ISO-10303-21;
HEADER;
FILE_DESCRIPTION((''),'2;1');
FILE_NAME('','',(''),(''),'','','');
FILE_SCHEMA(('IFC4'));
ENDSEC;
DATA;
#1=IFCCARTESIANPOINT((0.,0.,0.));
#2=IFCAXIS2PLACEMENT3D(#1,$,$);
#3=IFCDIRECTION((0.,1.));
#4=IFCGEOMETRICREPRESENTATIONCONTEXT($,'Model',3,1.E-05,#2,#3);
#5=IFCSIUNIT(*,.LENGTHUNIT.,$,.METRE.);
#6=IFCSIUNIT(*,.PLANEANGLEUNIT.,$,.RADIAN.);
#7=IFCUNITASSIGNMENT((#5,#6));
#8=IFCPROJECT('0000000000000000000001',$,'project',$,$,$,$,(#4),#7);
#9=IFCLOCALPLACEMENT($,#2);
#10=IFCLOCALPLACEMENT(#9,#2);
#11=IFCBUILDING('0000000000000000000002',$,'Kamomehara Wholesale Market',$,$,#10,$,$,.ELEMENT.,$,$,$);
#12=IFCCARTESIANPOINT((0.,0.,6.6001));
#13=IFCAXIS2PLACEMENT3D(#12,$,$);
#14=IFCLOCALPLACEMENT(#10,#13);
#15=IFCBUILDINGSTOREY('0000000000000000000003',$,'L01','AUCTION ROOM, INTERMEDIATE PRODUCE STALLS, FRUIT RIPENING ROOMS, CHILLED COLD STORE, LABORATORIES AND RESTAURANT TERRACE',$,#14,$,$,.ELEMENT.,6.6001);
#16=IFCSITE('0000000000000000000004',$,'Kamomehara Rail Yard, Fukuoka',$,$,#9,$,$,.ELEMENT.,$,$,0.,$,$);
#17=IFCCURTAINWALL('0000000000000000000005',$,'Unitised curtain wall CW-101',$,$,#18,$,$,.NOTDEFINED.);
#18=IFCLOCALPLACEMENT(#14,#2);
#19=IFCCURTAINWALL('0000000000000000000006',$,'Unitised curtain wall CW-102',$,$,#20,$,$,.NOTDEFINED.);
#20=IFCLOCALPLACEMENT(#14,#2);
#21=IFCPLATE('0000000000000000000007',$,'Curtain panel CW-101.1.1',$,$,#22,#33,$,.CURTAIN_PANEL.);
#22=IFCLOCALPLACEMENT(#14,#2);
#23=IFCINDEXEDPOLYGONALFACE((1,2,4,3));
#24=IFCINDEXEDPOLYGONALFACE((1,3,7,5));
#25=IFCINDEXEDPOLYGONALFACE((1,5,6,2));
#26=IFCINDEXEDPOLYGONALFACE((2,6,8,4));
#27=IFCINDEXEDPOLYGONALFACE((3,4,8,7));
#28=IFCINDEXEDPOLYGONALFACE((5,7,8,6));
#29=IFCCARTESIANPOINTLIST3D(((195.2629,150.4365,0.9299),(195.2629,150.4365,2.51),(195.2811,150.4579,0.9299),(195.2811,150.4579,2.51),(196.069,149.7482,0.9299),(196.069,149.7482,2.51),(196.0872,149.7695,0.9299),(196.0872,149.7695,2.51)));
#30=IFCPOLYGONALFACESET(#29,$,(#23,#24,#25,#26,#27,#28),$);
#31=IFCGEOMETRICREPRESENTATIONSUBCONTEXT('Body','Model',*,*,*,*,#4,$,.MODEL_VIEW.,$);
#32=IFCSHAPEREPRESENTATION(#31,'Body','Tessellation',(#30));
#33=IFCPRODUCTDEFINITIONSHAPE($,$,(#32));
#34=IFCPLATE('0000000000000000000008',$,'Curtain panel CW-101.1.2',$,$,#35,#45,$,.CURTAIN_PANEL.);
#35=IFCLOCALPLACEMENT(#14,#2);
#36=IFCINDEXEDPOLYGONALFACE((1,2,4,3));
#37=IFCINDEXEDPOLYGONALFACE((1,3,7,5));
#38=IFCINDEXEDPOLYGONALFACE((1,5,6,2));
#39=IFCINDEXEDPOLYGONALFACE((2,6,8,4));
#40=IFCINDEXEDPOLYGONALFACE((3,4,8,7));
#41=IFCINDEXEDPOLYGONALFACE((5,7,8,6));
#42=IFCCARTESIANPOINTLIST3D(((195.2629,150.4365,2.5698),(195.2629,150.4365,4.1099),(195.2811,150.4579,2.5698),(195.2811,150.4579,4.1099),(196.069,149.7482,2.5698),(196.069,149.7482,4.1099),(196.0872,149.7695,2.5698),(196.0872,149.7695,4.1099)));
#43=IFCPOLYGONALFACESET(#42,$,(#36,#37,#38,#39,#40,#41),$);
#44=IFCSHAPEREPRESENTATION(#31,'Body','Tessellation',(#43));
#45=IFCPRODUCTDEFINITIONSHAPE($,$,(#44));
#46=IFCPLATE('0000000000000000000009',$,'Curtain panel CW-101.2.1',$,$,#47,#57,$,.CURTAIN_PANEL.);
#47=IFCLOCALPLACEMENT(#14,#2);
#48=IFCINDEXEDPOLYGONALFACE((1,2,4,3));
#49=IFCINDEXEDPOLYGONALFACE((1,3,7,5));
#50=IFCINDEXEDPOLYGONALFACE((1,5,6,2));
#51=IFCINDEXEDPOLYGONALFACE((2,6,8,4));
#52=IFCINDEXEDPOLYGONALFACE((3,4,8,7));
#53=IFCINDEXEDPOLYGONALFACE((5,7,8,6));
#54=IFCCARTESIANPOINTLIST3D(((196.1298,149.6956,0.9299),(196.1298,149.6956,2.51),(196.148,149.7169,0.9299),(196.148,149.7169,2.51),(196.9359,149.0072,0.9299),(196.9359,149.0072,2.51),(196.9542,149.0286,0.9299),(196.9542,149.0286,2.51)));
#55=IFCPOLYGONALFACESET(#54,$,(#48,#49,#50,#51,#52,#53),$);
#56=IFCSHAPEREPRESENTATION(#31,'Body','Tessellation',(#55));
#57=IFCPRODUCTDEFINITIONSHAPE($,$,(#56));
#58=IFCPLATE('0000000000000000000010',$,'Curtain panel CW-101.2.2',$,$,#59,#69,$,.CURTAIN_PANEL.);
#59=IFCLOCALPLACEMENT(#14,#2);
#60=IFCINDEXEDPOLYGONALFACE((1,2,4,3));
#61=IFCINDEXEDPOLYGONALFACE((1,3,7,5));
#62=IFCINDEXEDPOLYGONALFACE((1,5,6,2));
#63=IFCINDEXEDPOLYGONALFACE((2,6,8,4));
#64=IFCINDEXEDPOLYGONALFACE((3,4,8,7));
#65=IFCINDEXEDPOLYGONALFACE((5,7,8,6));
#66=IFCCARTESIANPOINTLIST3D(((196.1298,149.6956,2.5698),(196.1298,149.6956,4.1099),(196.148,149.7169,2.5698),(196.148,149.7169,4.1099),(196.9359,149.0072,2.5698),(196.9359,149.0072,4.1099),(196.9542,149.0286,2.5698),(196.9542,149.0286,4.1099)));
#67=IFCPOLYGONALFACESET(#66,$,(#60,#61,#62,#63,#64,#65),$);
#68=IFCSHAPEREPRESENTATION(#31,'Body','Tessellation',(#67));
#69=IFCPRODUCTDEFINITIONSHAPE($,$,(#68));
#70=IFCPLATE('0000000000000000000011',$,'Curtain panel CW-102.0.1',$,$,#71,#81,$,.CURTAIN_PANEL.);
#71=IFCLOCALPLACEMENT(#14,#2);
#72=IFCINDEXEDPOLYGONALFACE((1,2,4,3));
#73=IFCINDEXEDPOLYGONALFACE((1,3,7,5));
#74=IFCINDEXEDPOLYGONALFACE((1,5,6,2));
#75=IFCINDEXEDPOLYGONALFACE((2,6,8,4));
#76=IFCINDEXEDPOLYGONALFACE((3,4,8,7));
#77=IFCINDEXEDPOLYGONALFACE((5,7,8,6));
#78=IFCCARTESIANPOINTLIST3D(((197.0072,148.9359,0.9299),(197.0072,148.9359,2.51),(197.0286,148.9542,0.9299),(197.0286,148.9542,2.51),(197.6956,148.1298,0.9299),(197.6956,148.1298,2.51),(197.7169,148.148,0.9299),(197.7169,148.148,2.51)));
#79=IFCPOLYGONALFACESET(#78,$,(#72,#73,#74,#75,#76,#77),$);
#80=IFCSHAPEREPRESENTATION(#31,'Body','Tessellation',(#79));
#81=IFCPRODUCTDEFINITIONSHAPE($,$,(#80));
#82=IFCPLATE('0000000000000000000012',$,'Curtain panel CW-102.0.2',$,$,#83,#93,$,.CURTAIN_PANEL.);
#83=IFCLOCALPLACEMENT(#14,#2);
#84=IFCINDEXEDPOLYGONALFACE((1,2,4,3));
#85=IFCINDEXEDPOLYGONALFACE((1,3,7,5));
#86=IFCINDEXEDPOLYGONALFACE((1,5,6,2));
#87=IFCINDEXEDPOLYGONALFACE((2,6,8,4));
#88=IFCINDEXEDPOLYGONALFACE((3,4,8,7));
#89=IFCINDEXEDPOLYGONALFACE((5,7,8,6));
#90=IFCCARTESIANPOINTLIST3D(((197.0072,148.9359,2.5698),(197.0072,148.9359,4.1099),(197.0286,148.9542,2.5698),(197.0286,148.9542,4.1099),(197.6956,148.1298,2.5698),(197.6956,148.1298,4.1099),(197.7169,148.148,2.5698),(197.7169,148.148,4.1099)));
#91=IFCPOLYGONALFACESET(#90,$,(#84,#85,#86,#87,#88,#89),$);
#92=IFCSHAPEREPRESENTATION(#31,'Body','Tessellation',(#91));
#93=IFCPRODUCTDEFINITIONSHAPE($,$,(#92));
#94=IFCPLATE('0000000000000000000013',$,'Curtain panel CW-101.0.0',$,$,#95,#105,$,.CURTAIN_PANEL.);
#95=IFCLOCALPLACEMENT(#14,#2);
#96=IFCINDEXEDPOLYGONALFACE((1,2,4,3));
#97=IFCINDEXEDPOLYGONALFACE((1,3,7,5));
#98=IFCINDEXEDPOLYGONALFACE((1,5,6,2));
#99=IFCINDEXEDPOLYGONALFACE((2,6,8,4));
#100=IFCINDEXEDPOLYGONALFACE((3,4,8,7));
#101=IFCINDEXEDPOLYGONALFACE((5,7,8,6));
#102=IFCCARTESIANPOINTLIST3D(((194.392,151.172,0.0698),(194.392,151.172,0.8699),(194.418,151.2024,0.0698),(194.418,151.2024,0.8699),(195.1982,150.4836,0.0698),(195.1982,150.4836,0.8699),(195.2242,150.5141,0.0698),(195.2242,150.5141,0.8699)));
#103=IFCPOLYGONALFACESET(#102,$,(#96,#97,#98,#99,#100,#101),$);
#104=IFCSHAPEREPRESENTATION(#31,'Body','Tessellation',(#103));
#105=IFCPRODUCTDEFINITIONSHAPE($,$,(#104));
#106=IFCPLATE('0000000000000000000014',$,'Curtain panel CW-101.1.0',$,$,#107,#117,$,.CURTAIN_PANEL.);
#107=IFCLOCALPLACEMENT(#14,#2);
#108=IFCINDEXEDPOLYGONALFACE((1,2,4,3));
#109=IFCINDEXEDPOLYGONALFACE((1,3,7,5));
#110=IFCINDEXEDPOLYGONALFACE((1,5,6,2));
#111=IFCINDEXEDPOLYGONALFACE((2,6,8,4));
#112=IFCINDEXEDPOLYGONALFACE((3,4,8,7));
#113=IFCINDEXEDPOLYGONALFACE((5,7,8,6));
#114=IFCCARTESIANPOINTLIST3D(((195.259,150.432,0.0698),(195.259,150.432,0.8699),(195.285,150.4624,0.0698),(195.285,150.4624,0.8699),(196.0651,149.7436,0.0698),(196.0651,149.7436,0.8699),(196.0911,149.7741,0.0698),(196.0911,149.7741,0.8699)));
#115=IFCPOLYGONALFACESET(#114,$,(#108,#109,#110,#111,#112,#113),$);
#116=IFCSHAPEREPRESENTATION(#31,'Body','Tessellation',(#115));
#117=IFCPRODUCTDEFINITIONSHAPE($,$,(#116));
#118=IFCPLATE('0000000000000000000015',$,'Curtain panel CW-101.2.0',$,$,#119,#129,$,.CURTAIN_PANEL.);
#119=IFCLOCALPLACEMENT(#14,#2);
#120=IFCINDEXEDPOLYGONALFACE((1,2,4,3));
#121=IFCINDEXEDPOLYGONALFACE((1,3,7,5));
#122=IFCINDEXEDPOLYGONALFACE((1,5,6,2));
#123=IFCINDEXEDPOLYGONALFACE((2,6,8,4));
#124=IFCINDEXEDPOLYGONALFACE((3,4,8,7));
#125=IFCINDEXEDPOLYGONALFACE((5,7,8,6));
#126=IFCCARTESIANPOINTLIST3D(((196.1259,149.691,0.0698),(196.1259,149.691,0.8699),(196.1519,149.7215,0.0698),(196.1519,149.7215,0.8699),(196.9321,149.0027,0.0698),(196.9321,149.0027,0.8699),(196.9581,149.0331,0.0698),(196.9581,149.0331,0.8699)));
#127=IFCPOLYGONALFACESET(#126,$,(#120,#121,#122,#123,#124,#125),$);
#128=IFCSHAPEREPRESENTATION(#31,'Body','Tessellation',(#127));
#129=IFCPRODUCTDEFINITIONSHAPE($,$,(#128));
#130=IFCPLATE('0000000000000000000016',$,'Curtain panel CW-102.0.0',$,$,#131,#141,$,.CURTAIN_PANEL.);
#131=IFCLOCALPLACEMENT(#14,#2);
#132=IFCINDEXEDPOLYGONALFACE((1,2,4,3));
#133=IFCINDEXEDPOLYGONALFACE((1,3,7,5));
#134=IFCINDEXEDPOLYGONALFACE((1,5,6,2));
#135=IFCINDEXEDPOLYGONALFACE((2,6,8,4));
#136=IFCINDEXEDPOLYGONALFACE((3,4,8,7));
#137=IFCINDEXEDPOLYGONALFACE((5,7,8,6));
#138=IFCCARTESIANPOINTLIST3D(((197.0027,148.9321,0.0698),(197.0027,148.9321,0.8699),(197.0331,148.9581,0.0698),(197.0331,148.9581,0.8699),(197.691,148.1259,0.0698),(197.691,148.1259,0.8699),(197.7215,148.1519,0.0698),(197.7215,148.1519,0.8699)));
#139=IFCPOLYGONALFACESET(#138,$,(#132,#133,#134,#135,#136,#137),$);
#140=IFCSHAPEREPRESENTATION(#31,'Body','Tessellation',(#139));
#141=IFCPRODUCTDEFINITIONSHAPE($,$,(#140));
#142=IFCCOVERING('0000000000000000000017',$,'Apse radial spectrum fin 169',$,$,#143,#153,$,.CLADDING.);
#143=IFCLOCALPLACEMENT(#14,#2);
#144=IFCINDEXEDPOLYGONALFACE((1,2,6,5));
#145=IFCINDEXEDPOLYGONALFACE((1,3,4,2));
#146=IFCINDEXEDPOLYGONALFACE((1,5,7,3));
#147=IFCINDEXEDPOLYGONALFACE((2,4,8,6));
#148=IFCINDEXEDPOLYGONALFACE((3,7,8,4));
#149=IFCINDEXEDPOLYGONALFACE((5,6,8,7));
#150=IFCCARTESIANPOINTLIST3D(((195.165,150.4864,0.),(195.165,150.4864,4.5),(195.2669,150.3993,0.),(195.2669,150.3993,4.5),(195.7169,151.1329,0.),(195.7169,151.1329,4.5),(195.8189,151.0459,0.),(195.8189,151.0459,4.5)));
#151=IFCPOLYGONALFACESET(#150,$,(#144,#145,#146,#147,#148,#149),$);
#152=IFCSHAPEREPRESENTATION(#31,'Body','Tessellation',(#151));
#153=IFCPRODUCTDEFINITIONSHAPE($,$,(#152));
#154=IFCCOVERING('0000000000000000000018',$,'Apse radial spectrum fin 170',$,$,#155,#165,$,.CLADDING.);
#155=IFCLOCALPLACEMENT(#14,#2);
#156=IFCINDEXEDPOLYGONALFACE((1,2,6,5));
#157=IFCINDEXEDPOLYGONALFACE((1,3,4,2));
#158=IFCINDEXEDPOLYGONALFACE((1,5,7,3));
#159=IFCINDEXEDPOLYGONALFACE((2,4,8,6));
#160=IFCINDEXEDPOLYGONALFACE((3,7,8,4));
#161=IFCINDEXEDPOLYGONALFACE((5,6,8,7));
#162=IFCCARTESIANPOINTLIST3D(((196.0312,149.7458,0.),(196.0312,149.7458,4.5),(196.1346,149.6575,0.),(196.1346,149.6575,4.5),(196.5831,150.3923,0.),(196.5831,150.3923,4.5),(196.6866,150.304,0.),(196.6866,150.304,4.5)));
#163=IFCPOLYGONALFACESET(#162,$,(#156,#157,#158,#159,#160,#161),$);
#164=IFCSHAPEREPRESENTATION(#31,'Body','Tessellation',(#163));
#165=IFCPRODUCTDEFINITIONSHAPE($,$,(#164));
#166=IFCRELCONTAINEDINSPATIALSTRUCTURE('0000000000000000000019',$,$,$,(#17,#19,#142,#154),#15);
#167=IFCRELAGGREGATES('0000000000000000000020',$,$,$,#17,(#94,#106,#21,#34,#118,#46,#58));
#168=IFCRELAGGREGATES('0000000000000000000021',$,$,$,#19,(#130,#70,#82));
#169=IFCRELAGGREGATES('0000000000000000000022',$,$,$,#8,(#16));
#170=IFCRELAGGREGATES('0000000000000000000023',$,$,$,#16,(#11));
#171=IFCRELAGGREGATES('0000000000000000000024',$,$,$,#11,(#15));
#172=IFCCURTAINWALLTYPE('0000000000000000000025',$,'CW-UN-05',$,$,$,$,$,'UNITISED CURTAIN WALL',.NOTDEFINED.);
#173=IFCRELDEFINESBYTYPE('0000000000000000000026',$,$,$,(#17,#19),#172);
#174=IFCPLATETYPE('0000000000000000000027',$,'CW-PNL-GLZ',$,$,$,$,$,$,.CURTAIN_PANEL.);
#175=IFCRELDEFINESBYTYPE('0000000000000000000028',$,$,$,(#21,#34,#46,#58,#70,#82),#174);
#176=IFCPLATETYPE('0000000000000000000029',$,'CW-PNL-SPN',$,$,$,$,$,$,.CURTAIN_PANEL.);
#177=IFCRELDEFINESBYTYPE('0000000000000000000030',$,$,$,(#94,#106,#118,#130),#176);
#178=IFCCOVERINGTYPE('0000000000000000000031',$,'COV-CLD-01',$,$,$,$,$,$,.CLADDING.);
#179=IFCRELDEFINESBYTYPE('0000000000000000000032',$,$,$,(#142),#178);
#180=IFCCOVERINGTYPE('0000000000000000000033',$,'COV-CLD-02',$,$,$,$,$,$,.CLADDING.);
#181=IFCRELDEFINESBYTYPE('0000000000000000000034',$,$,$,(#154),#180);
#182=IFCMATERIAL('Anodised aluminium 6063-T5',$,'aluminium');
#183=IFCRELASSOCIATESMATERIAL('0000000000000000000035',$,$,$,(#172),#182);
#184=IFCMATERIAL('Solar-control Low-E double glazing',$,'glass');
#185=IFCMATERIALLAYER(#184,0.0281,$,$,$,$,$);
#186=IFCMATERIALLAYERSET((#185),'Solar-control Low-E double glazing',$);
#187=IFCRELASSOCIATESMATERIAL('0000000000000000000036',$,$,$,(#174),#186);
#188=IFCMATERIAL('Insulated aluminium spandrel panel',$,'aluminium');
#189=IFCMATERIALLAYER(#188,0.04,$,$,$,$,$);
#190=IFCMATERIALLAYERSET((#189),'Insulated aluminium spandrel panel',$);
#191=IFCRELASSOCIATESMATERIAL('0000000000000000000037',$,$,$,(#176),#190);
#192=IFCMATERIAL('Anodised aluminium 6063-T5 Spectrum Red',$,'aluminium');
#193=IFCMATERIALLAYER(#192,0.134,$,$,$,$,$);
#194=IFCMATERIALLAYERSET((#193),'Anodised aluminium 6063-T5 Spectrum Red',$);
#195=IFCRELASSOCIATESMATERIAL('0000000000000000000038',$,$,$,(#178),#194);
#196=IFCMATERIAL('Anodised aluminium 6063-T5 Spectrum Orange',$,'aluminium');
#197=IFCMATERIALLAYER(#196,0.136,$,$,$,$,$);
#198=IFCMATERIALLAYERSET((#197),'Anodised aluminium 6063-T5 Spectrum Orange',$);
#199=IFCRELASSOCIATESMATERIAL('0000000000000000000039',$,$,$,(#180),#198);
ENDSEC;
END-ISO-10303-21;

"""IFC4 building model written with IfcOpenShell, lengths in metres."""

from ifc_helpers import new_model, si_unit, direction, frame, origin, origin_2d, place, context, subcontext, project, spatial, rectangle, extrude, material, layer, layer_set, type_object, element, aggregate, save


model = new_model("IFC4")

# Units and contexts
model_context = context("Model", 3, precision=1e-05, world=origin(), true_north=direction((0.0, 1.0)))
body_context = subcontext(model_context, "Body", "Model", "MODEL_VIEW")
ifc_project = project(units=[si_unit("LENGTHUNIT", "METRE"), si_unit("PLANEANGLEUNIT", "RADIAN")], contexts=[model_context])

# Site, building, storey
site_placement = place(None, origin())
site = spatial("IfcSite", under=ifc_project, at=site_placement, Name="Kamomehara Rail Yard, Fukuoka", CompositionType="ELEMENT", RefElevation=0.0)
building_placement = place(site_placement, origin())
building = spatial("IfcBuilding", under=site, at=building_placement, Name="Kamomehara Wholesale Market", CompositionType="ELEMENT")
storey_placement = place(building_placement, frame((0.0, 0.0, 6.6001)))
storey = spatial("IfcBuildingStorey", under=building, at=storey_placement, Name="L01", Description="AUCTION ROOM, INTERMEDIATE PRODUCE STALLS, FRUIT RIPENING ROOMS, CHILLED COLD STORE, LABORATORIES AND RESTAURANT TERRACE", CompositionType="ELEMENT", Elevation=6.6001)

# Curtain wall
ifc_material_1 = material(Name="Anodised aluminium 6063-T5", Category="aluminium")
curtain_wall_type = type_object("IfcCurtainWallType", Name="CW-UN-05", ElementType="UNITISED CURTAIN WALL", PredefinedType="NOTDEFINED", material=ifc_material_1)
curtain_wall_1_placement = place(storey_placement, origin())
curtain_wall_1 = element("IfcCurtainWall", 1, at=curtain_wall_1_placement, inside=storey, type_object=curtain_wall_type, Name="Unitised curtain wall CW-101", PredefinedType="NOTDEFINED")

# Curtain wall
curtain_wall_2_placement = place(storey_placement, origin())
curtain_wall_2 = element("IfcCurtainWall", 2, at=curtain_wall_2_placement, inside=storey, type_object=curtain_wall_type, Name="Unitised curtain wall CW-102", PredefinedType="NOTDEFINED")

# Plates
ifc_material_2 = material(Name="Solar-control Low-E double glazing", Category="glass")
ifc_layer_1 = layer(ifc_material_2, 0.0281)
ifc_layer_set_1 = layer_set([ifc_layer_1], Name="Solar-control Low-E double glazing")
plate_type_1 = type_object("IfcPlateType", Name="CW-PNL-GLZ", PredefinedType="CURTAIN_PANEL", material=ifc_layer_set_1)
plate_1_placement = place(storey_placement, frame((195.675, 150.103, 0.9299), z_axis=(0.0, 0.0, 1.0), x_axis=(0.760474, -0.649368, 0.0)))
plate_1 = element("IfcPlate", 3, at=plate_1_placement, type_object=plate_type_1, Name="Curtain panel CW-101.1.1", PredefinedType="CURTAIN_PANEL", context=body_context, shape_type="SweptSolid", body=[
    extrude(rectangle(XDim=1.0601, YDim=0.0281, at=origin_2d()), origin(), (0.0, 0.0, 1.0), 1.5801),
])
plate_2_placement = place(storey_placement, frame((195.675, 150.103, 2.5698), z_axis=(0.0, 0.0, 1.0), x_axis=(0.760474, -0.649368, 0.0)))
plate_2 = element("IfcPlate", 4, at=plate_2_placement, type_object=plate_type_1, Name="Curtain panel CW-101.1.2", PredefinedType="CURTAIN_PANEL", context=body_context, shape_type="SweptSolid", body=[
    extrude(rectangle(XDim=1.0601, YDim=0.0281, at=origin_2d()), origin(), (0.0, 0.0, 1.0), 1.54),
])
plate_3_placement = place(storey_placement, frame((196.542, 149.3621, 0.9299), z_axis=(0.0, 0.0, 1.0), x_axis=(0.760474, -0.649368, 0.0)))
plate_3 = element("IfcPlate", 5, at=plate_3_placement, type_object=plate_type_1, Name="Curtain panel CW-101.2.1", PredefinedType="CURTAIN_PANEL", context=body_context, shape_type="SweptSolid", body=[
    extrude(rectangle(XDim=1.0601, YDim=0.0281, at=origin_2d()), origin(), (0.0, 0.0, 1.0), 1.5801),
])
plate_4_placement = place(storey_placement, frame((196.542, 149.3621, 2.5698), z_axis=(0.0, 0.0, 1.0), x_axis=(0.760474, -0.649368, 0.0)))
plate_4 = element("IfcPlate", 6, at=plate_4_placement, type_object=plate_type_1, Name="Curtain panel CW-101.2.2", PredefinedType="CURTAIN_PANEL", context=body_context, shape_type="SweptSolid", body=[
    extrude(rectangle(XDim=1.0601, YDim=0.0281, at=origin_2d()), origin(), (0.0, 0.0, 1.0), 1.54),
])
plate_5_placement = place(storey_placement, frame((197.3621, 148.542, 0.9299), z_axis=(0.0, 0.0, 1.0), x_axis=(0.649368, -0.760474, 0.0)))
plate_5 = element("IfcPlate", 7, at=plate_5_placement, type_object=plate_type_1, Name="Curtain panel CW-102.0.1", PredefinedType="CURTAIN_PANEL", context=body_context, shape_type="SweptSolid", body=[
    extrude(rectangle(XDim=1.0601, YDim=0.0281, at=origin_2d()), origin(), (0.0, 0.0, 1.0), 1.5801),
])
plate_6_placement = place(storey_placement, frame((197.3621, 148.542, 2.5698), z_axis=(0.0, 0.0, 1.0), x_axis=(0.649368, -0.760474, 0.0)))
plate_6 = element("IfcPlate", 8, at=plate_6_placement, type_object=plate_type_1, Name="Curtain panel CW-102.0.2", PredefinedType="CURTAIN_PANEL", context=body_context, shape_type="SweptSolid", body=[
    extrude(rectangle(XDim=1.0601, YDim=0.0281, at=origin_2d()), origin(), (0.0, 0.0, 1.0), 1.54),
])
ifc_material_3 = material(Name="Insulated aluminium spandrel panel", Category="aluminium")
ifc_layer_2 = layer(ifc_material_3, 0.04)
ifc_layer_set_2 = layer_set([ifc_layer_2], Name="Insulated aluminium spandrel panel")
plate_type_2 = type_object("IfcPlateType", Name="CW-PNL-SPN", PredefinedType="CURTAIN_PANEL", material=ifc_layer_set_2)
plate_7_placement = place(storey_placement, frame((194.8081, 150.843, 0.0698), z_axis=(0.0, 0.0, 1.0), x_axis=(0.760474, -0.649368, 0.0)))
plate_7 = element("IfcPlate", 9, at=plate_7_placement, type_object=plate_type_2, Name="Curtain panel CW-101.0.0", PredefinedType="CURTAIN_PANEL", context=body_context, shape_type="SweptSolid", body=[
    extrude(rectangle(XDim=1.0601, YDim=0.04, at=origin_2d()), origin(), (0.0, 0.0, 1.0), 0.8),
])
plate_8_placement = place(storey_placement, frame((195.675, 150.103, 0.0698), z_axis=(0.0, 0.0, 1.0), x_axis=(0.760474, -0.649368, 0.0)))
plate_8 = element("IfcPlate", 10, at=plate_8_placement, type_object=plate_type_2, Name="Curtain panel CW-101.1.0", PredefinedType="CURTAIN_PANEL", context=body_context, shape_type="SweptSolid", body=[
    extrude(rectangle(XDim=1.0601, YDim=0.04, at=origin_2d()), origin(), (0.0, 0.0, 1.0), 0.8),
])
plate_9_placement = place(storey_placement, frame((196.542, 149.3621, 0.0698), z_axis=(0.0, 0.0, 1.0), x_axis=(0.760474, -0.649368, 0.0)))
plate_9 = element("IfcPlate", 11, at=plate_9_placement, type_object=plate_type_2, Name="Curtain panel CW-101.2.0", PredefinedType="CURTAIN_PANEL", context=body_context, shape_type="SweptSolid", body=[
    extrude(rectangle(XDim=1.0601, YDim=0.04, at=origin_2d()), origin(), (0.0, 0.0, 1.0), 0.8),
])
aggregate(curtain_wall_1, [plate_7, plate_8, plate_1, plate_2, plate_9, plate_3, plate_4])
plate_10_placement = place(storey_placement, frame((197.3621, 148.542, 0.0698), z_axis=(0.0, 0.0, 1.0), x_axis=(0.649368, -0.760474, 0.0)))
plate_10 = element("IfcPlate", 12, at=plate_10_placement, type_object=plate_type_2, Name="Curtain panel CW-102.0.0", PredefinedType="CURTAIN_PANEL", context=body_context, shape_type="SweptSolid", body=[
    extrude(rectangle(XDim=1.0601, YDim=0.04, at=origin_2d()), origin(), (0.0, 0.0, 1.0), 0.8),
])
aggregate(curtain_wall_2, [plate_10, plate_5, plate_6])

# Coverings
ifc_material_4 = material(Name="Anodised aluminium 6063-T5 Spectrum Red", Category="aluminium")
ifc_layer_3 = layer(ifc_material_4, 0.134)
ifc_layer_set_3 = layer_set([ifc_layer_3], Name="Anodised aluminium 6063-T5 Spectrum Red")
covering_type_1 = type_object("IfcCoveringType", Name="COV-CLD-01", PredefinedType="CLADDING", material=ifc_layer_set_3)
covering_1_placement = place(storey_placement, frame((195.4919, 150.7661, 0.0), z_axis=(0.0, 0.0, 1.0), x_axis=(0.760553, -0.649276, 0.0)))
element("IfcCovering", 13, at=covering_1_placement, inside=storey, type_object=covering_type_1, Name="Apse radial spectrum fin 169", PredefinedType="CLADDING", context=body_context, shape_type="SweptSolid", body=[
    extrude(rectangle(XDim=0.134, YDim=0.8501, at=origin_2d()), origin(), (0.0, 0.0, 1.0), 4.5),
])
ifc_material_5 = material(Name="Anodised aluminium 6063-T5 Spectrum Orange", Category="aluminium")
ifc_layer_4 = layer(ifc_material_5, 0.136)
ifc_layer_set_4 = layer_set([ifc_layer_4], Name="Anodised aluminium 6063-T5 Spectrum Orange")
covering_type_2 = type_object("IfcCoveringType", Name="COV-CLD-02", PredefinedType="CLADDING", material=ifc_layer_set_4)
covering_2_placement = place(storey_placement, frame((196.3589, 150.0249, 0.0), z_axis=(0.0, 0.0, 1.0), x_axis=(0.760553, -0.649276, 0.0)))
element("IfcCovering", 14, at=covering_2_placement, inside=storey, type_object=covering_type_2, Name="Apse radial spectrum fin 170", PredefinedType="CLADDING", context=body_context, shape_type="SweptSolid", body=[
    extrude(rectangle(XDim=0.136, YDim=0.8501, at=origin_2d()), origin(), (0.0, 0.0, 1.0), 4.5),
])

save(model, "model.ifc")
